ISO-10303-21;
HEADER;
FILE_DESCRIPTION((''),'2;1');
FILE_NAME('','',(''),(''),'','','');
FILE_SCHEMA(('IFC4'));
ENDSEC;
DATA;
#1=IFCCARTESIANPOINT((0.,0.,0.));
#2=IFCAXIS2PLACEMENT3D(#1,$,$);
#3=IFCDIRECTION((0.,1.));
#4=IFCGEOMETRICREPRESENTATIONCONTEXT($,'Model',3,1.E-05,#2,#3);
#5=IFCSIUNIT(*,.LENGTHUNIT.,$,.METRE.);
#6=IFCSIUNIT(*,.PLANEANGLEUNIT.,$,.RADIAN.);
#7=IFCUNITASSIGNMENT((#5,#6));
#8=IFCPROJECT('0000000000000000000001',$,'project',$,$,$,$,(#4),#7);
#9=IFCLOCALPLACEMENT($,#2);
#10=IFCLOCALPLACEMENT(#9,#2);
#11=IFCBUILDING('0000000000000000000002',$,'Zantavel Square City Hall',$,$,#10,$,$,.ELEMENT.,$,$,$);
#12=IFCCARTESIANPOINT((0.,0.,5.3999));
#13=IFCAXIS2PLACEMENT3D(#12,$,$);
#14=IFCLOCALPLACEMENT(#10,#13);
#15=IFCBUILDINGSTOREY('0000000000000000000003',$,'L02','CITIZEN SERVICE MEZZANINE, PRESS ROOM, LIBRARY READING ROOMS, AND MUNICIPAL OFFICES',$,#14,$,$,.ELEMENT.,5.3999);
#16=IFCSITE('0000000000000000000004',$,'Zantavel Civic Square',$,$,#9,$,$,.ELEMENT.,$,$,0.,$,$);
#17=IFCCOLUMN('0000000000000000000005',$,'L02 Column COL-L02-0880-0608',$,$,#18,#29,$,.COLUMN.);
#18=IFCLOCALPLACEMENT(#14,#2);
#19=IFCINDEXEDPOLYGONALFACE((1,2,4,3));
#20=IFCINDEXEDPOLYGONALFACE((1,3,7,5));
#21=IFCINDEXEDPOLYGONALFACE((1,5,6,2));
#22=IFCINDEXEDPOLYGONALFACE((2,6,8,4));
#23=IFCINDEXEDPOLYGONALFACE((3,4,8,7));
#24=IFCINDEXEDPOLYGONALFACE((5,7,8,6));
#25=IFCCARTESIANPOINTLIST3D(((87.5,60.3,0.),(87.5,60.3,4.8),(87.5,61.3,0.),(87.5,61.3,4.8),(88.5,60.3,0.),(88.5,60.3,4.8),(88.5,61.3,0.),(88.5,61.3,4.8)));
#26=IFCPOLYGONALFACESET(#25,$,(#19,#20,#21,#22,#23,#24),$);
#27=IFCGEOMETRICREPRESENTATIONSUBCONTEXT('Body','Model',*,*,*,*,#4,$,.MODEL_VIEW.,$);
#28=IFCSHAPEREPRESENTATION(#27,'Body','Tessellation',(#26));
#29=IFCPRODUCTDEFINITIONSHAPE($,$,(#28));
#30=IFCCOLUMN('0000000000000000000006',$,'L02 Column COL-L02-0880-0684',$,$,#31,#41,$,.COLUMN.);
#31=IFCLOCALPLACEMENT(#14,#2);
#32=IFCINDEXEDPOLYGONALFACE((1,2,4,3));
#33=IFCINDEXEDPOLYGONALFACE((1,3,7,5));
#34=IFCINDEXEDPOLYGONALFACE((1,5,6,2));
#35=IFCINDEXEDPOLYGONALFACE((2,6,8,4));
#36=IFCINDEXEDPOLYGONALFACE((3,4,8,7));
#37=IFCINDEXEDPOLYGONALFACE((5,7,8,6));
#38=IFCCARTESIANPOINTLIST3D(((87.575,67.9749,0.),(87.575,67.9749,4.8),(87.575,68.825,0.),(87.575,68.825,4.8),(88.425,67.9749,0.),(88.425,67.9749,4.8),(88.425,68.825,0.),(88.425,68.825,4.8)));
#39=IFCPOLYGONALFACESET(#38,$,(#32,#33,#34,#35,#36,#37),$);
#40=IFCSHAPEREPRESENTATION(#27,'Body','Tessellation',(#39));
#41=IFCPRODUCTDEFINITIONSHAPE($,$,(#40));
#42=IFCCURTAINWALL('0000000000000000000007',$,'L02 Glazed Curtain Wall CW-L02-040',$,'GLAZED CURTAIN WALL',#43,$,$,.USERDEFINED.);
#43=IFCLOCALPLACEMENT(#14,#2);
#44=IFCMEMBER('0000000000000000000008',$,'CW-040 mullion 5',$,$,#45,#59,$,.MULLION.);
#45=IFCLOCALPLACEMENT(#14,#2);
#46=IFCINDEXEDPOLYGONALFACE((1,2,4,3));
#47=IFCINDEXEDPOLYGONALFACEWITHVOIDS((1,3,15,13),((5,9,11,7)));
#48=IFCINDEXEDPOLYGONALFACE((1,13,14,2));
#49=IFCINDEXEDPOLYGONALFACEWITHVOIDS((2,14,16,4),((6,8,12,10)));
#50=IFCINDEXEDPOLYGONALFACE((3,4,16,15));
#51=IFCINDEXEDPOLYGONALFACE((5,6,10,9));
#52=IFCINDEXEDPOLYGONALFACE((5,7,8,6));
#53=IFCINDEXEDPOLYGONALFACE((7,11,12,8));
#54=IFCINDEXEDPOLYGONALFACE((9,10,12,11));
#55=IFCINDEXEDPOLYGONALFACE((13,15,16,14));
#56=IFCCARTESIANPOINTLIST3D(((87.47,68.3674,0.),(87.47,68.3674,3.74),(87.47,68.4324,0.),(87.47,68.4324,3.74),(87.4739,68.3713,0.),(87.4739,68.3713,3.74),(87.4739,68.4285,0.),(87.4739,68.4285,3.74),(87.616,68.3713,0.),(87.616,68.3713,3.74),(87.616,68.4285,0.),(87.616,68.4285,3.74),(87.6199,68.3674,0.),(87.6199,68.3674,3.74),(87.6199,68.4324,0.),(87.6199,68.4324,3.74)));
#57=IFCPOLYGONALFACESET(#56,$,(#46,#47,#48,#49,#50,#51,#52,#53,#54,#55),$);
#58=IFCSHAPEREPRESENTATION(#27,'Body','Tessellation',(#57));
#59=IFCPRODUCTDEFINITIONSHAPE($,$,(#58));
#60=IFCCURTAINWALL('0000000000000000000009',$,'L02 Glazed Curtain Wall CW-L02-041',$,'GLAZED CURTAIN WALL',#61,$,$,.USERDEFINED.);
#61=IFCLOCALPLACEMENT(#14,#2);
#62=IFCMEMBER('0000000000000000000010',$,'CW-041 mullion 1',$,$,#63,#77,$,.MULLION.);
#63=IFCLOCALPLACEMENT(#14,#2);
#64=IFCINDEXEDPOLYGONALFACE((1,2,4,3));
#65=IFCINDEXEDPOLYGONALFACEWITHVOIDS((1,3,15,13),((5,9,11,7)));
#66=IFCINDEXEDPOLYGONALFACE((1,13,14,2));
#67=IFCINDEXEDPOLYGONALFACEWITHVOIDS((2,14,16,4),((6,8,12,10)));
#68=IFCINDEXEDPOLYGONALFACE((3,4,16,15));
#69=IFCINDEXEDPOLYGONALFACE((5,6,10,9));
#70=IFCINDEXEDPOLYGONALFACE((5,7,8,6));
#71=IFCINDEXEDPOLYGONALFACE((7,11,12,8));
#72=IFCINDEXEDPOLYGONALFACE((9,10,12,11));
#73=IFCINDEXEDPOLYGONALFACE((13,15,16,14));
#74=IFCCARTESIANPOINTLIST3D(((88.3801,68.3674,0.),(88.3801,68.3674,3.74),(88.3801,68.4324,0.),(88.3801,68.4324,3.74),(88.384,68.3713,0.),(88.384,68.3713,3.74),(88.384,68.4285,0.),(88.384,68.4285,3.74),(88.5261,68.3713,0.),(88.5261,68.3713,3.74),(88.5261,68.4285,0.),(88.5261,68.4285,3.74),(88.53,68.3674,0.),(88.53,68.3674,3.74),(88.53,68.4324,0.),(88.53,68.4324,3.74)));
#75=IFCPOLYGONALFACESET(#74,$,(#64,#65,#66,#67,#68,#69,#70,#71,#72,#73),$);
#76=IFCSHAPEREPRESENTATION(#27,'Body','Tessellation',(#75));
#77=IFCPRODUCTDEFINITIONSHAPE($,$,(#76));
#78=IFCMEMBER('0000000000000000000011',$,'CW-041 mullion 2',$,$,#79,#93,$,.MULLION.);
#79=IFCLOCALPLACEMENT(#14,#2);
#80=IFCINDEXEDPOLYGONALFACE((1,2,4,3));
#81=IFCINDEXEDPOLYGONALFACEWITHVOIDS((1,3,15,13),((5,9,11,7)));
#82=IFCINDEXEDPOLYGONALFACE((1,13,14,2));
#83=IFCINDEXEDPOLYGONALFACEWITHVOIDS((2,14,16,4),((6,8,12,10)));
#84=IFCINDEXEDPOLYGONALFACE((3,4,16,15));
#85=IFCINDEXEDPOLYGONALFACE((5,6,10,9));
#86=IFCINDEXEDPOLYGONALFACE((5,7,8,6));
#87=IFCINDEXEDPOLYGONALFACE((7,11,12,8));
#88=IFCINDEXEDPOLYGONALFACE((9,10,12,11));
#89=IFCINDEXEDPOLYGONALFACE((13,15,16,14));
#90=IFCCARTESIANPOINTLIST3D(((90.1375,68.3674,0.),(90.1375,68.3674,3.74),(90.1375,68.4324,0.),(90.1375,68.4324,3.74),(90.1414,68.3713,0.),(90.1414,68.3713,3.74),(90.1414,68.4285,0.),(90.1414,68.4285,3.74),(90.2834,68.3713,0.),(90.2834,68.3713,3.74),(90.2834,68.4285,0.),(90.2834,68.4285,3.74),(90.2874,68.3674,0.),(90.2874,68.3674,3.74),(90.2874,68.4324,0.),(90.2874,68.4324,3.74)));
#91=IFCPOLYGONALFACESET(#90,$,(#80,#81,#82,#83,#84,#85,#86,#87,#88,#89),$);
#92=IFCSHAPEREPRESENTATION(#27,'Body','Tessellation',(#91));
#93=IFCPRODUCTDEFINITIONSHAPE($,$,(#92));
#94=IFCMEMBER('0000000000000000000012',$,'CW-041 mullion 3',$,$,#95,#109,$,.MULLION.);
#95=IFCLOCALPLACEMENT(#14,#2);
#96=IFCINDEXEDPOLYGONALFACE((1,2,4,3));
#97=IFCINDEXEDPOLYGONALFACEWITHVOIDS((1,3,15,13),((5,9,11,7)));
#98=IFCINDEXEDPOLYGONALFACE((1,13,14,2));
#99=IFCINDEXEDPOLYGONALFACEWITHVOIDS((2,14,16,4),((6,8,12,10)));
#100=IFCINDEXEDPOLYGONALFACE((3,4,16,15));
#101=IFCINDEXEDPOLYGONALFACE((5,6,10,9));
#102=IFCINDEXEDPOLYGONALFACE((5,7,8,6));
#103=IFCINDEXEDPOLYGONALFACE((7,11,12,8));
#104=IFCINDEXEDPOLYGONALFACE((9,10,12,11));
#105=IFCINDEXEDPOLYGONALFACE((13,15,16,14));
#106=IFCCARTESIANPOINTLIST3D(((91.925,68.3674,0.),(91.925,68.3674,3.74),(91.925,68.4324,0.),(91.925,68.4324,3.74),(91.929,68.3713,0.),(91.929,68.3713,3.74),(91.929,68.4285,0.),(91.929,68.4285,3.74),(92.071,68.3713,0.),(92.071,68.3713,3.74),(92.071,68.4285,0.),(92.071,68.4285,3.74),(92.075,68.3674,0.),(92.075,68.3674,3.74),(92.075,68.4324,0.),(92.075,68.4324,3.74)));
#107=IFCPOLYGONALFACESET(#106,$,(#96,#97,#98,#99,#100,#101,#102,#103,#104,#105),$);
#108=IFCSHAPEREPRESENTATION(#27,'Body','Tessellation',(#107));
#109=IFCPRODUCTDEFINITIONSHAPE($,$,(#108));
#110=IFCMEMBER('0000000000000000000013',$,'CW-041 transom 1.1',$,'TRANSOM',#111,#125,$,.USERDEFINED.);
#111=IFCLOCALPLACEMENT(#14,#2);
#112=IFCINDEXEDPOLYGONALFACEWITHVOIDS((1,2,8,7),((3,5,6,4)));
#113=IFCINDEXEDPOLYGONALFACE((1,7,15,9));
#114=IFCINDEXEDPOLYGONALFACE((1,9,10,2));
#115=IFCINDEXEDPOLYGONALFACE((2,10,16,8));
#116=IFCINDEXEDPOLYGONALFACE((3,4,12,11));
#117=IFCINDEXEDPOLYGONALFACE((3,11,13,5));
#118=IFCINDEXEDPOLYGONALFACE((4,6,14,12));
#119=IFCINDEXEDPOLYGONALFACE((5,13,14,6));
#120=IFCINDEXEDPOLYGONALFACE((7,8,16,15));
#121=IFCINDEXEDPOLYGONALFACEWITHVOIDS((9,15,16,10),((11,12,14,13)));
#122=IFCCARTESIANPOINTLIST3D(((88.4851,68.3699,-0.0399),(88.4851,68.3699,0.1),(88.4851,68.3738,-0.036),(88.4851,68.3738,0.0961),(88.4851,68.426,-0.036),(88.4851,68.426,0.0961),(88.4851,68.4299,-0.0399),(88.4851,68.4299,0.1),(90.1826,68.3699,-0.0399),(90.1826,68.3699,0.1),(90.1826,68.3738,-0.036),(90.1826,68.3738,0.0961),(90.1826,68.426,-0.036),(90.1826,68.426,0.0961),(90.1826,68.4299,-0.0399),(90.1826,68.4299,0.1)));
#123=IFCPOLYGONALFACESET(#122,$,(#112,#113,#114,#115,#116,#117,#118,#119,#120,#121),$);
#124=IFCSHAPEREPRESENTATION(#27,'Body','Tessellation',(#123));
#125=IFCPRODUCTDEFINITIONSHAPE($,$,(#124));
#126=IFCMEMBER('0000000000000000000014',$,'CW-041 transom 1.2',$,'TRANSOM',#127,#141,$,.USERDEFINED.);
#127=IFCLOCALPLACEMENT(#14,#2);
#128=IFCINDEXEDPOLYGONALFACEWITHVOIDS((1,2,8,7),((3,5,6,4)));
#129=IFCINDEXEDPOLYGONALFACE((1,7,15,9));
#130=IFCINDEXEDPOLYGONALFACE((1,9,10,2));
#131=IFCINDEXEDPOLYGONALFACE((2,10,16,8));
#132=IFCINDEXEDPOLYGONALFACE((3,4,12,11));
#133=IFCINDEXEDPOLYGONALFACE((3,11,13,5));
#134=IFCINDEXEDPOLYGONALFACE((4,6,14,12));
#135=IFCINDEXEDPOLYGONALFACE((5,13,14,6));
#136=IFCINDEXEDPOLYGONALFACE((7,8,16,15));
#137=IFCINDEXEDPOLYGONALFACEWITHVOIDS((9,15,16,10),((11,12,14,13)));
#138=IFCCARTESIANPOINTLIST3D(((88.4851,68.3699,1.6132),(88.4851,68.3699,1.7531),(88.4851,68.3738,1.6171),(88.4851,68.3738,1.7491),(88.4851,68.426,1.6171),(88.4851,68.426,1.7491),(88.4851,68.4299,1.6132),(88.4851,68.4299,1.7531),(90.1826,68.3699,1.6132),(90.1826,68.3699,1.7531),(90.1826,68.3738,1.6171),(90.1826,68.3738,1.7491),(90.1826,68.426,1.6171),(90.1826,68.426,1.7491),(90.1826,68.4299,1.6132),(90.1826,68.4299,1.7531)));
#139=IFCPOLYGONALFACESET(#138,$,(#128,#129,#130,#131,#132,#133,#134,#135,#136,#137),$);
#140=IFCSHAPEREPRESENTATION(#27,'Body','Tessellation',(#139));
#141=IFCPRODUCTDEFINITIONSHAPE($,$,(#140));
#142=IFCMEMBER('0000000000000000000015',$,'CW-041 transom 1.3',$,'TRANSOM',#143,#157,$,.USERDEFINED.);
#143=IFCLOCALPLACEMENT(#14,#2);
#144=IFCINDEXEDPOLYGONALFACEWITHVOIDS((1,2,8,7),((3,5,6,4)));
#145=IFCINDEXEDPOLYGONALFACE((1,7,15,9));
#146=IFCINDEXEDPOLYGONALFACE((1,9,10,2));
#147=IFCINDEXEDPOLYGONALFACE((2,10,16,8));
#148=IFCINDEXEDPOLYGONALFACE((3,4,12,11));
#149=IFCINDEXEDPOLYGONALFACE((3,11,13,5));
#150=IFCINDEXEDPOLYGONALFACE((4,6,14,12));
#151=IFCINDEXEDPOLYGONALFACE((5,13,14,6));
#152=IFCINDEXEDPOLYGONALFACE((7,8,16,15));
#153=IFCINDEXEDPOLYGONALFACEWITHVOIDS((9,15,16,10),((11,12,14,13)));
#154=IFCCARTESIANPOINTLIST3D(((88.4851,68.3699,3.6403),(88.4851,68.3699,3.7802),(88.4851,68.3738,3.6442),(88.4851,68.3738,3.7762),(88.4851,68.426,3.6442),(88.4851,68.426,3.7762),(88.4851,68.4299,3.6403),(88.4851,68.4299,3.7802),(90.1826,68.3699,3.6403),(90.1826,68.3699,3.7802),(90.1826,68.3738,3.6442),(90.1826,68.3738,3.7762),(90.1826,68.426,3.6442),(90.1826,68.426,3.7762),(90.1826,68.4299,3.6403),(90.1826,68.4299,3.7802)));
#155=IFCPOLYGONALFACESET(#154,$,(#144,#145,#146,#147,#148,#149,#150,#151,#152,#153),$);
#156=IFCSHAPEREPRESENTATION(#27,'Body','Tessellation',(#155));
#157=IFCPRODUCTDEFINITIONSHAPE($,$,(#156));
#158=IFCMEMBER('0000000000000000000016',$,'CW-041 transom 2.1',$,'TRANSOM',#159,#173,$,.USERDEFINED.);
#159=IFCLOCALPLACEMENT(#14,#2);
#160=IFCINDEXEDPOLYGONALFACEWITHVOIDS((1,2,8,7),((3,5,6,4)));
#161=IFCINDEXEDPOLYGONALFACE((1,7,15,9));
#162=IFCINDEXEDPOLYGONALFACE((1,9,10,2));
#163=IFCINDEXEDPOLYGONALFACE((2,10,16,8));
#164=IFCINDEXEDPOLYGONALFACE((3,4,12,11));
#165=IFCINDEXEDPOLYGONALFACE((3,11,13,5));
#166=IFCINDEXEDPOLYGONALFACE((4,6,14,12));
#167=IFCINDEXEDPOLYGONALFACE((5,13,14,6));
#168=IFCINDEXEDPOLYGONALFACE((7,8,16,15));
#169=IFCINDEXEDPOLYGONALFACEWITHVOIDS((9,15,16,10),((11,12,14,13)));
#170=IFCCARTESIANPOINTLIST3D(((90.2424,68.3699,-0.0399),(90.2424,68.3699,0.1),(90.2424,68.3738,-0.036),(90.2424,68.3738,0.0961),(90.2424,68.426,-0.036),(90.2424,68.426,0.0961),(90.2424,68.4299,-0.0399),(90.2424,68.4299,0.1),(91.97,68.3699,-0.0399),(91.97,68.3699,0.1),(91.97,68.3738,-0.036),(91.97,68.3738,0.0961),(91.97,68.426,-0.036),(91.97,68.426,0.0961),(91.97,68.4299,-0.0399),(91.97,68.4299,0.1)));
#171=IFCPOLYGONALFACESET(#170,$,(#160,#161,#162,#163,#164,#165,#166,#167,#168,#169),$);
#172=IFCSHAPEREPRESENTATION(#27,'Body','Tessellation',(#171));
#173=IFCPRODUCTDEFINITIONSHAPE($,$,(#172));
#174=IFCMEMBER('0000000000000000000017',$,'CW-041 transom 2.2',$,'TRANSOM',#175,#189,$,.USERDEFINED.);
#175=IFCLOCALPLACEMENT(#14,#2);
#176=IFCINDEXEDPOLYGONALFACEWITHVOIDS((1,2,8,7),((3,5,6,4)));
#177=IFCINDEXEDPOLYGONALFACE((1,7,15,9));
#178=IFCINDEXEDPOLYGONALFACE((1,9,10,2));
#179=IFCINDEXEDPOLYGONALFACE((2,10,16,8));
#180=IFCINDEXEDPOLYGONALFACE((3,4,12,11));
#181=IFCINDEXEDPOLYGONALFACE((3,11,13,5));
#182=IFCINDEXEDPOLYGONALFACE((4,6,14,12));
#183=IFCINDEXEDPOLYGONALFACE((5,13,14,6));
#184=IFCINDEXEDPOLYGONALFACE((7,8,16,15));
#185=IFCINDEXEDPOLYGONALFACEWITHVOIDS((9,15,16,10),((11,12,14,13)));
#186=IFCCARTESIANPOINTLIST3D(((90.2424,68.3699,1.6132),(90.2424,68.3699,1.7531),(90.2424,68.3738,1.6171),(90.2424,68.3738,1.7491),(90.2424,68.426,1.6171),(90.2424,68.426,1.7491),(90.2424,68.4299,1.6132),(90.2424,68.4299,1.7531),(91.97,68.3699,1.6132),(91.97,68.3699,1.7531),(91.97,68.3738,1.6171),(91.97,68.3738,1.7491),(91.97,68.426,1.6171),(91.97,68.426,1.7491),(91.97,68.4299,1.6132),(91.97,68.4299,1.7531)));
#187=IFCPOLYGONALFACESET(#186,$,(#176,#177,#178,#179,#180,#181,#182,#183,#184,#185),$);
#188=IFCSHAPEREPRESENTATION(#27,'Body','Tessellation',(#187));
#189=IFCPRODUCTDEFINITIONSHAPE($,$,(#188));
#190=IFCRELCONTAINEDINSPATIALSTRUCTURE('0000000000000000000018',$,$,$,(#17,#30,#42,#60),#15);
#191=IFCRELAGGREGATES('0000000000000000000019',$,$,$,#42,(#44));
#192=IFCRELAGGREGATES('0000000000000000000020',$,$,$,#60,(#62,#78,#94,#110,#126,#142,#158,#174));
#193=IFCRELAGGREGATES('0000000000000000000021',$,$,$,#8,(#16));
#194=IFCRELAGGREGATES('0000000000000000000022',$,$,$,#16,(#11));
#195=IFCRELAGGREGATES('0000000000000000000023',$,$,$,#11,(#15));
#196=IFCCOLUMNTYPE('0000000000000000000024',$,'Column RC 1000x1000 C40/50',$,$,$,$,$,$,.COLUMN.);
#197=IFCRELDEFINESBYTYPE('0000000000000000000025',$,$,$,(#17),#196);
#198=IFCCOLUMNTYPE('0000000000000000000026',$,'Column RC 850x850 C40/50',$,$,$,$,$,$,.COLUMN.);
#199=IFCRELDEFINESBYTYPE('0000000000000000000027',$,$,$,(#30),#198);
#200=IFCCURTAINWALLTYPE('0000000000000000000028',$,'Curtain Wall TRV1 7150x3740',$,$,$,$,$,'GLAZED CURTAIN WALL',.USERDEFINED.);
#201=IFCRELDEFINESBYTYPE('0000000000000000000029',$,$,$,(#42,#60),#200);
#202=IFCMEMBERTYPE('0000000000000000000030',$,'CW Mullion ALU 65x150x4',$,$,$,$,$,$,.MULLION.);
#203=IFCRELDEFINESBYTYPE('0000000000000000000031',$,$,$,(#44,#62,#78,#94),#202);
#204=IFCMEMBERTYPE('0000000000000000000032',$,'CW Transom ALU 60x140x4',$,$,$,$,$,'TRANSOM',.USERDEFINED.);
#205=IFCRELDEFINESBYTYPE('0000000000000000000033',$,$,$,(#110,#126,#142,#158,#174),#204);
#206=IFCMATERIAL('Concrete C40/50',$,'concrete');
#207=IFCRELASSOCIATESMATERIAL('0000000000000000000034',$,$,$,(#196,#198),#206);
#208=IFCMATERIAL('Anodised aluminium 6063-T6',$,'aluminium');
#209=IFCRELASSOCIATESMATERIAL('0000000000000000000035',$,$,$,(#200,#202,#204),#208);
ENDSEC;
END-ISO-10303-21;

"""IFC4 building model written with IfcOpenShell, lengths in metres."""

from ifc_helpers import new_model, si_unit, direction, frame, origin, origin_2d, place, context, subcontext, project, spatial, rectangle, hollow_rectangle, extrude, material, material_profile, profile_set, type_object, element, aggregate, save


model = new_model("IFC4")

# Units and contexts
model_context = context("Model", 3, precision=1e-05, world=origin(), true_north=direction((0.0, 1.0)))
body_context = subcontext(model_context, "Body", "Model", "MODEL_VIEW")
ifc_project = project(units=[si_unit("LENGTHUNIT", "METRE"), si_unit("PLANEANGLEUNIT", "RADIAN")], contexts=[model_context])

# Site, building, storey
site_placement = place(None, origin())
site = spatial("IfcSite", under=ifc_project, at=site_placement, Name="Zantavel Civic Square", CompositionType="ELEMENT", RefElevation=0.0)
building_placement = place(site_placement, origin())
building = spatial("IfcBuilding", under=site, at=building_placement, Name="Zantavel Square City Hall", CompositionType="ELEMENT")
storey_placement = place(building_placement, frame((0.0, 0.0, 5.3999)))
storey = spatial("IfcBuildingStorey", under=building, at=storey_placement, Name="L02", Description="CITIZEN SERVICE MEZZANINE, PRESS ROOM, LIBRARY READING ROOMS, AND MUNICIPAL OFFICES", CompositionType="ELEMENT", Elevation=5.3999)

# Columns
ifc_material_1 = material(Name="Concrete C40/50", Category="concrete")
ifc_material_profile_1 = material_profile(ifc_material_1, rectangle(XDim=1.0, YDim=1.0, at=origin_2d()), Name="RC 1000x1000")
ifc_profile_set_1 = profile_set([ifc_material_profile_1], Name="Concrete C40/50")
column_type_1 = type_object("IfcColumnType", Name="Column RC 1000x1000 C40/50", PredefinedType="COLUMN", material=ifc_profile_set_1)
column_1_placement = place(storey_placement, frame((88.0, 60.8, 0.0), z_axis=(0.0, 0.0, 1.0), x_axis=(1.0, 0.0, 0.0)))
element("IfcColumn", 1, at=column_1_placement, inside=storey, type_object=column_type_1, Name="L02 Column COL-L02-0880-0608", PredefinedType="COLUMN", context=body_context, shape_type="SweptSolid", body=[
    extrude(rectangle(XDim=1.0, YDim=1.0, at=origin_2d()), origin(), (0.0, 0.0, 1.0), 4.8),
])
ifc_material_profile_2 = material_profile(ifc_material_1, rectangle(XDim=0.8501, YDim=0.8501, at=origin_2d()), Name="RC 850x850")
ifc_profile_set_2 = profile_set([ifc_material_profile_2], Name="Concrete C40/50")
column_type_2 = type_object("IfcColumnType", Name="Column RC 850x850 C40/50", PredefinedType="COLUMN", material=ifc_profile_set_2)
column_2_placement = place(storey_placement, frame((88.0, 68.3999, 0.0), z_axis=(0.0, 0.0, 1.0), x_axis=(1.0, 0.0, 0.0)))
element("IfcColumn", 2, at=column_2_placement, inside=storey, type_object=column_type_2, Name="L02 Column COL-L02-0880-0684", PredefinedType="COLUMN", context=body_context, shape_type="SweptSolid", body=[
    extrude(rectangle(XDim=0.8501, YDim=0.8501, at=origin_2d()), origin(), (0.0, 0.0, 1.0), 4.8),
])

# Curtain wall, member
ifc_material_2 = material(Name="Anodised aluminium 6063-T6", Category="aluminium")
curtain_wall_type = type_object("IfcCurtainWallType", Name="Curtain Wall TRV1 7150x3740", ElementType="GLAZED CURTAIN WALL", PredefinedType="USERDEFINED", material=ifc_material_2)
curtain_wall_1_placement = place(storey_placement, origin())
curtain_wall_1 = element("IfcCurtainWall", 3, at=curtain_wall_1_placement, inside=storey, type_object=curtain_wall_type, Name="L02 Glazed Curtain Wall CW-L02-040", ObjectType="GLAZED CURTAIN WALL", PredefinedType="USERDEFINED")
ifc_material_profile_3 = material_profile(ifc_material_2, hollow_rectangle(XDim=0.0649, YDim=0.1499, WallThickness=0.0039, at=origin_2d()), Name="ALU 65x150x4")
ifc_profile_set_3 = profile_set([ifc_material_profile_3], Name="Anodised aluminium 6063-T6")
member_type_1 = type_object("IfcMemberType", Name="CW Mullion ALU 65x150x4", PredefinedType="MULLION", material=ifc_profile_set_3)
member_1_placement = place(storey_placement, frame((87.5449, 68.3999, 0.0), z_axis=(0.0, 0.0, 1.0), x_axis=(0.0, 1.0, 0.0)))
member_1 = element("IfcMember", 4, at=member_1_placement, type_object=member_type_1, Name="CW-040 mullion 5", PredefinedType="MULLION", context=body_context, shape_type="SweptSolid", body=[
    extrude(hollow_rectangle(XDim=0.0649, YDim=0.1499, WallThickness=0.0039, at=origin_2d()), origin(), (0.0, 0.0, 1.0), 3.74),
])

# Curtain wall, members
curtain_wall_2_placement = place(storey_placement, origin())
curtain_wall_2 = element("IfcCurtainWall", 5, at=curtain_wall_2_placement, inside=storey, type_object=curtain_wall_type, Name="L02 Glazed Curtain Wall CW-L02-041", ObjectType="GLAZED CURTAIN WALL", PredefinedType="USERDEFINED")
member_2_placement = place(storey_placement, frame((88.4551, 68.3999, 0.0), z_axis=(0.0, 0.0, 1.0), x_axis=(0.0, 1.0, 0.0)))
member_2 = element("IfcMember", 6, at=member_2_placement, type_object=member_type_1, Name="CW-041 mullion 1", PredefinedType="MULLION", context=body_context, shape_type="SweptSolid", body=[
    extrude(hollow_rectangle(XDim=0.0649, YDim=0.1499, WallThickness=0.0039, at=origin_2d()), origin(), (0.0, 0.0, 1.0), 3.74),
])
member_3_placement = place(storey_placement, frame((90.2124, 68.3999, 0.0), z_axis=(0.0, 0.0, 1.0), x_axis=(0.0, 1.0, 0.0)))
member_3 = element("IfcMember", 7, at=member_3_placement, type_object=member_type_1, Name="CW-041 mullion 2", PredefinedType="MULLION", context=body_context, shape_type="SweptSolid", body=[
    extrude(hollow_rectangle(XDim=0.0649, YDim=0.1499, WallThickness=0.0039, at=origin_2d()), origin(), (0.0, 0.0, 1.0), 3.74),
])
member_4_placement = place(storey_placement, frame((92.0, 68.3999, 0.0), z_axis=(0.0, 0.0, 1.0), x_axis=(0.0, 1.0, 0.0)))
member_4 = element("IfcMember", 8, at=member_4_placement, type_object=member_type_1, Name="CW-041 mullion 3", PredefinedType="MULLION", context=body_context, shape_type="SweptSolid", body=[
    extrude(hollow_rectangle(XDim=0.0649, YDim=0.1499, WallThickness=0.0039, at=origin_2d()), origin(), (0.0, 0.0, 1.0), 3.74),
])
ifc_material_profile_4 = material_profile(ifc_material_2, hollow_rectangle(XDim=0.0601, YDim=0.1399, WallThickness=0.0039, at=origin_2d()), Name="ALU 60x140x4")
ifc_profile_set_4 = profile_set([ifc_material_profile_4], Name="Anodised aluminium 6063-T6")
member_type_2 = type_object("IfcMemberType", Name="CW Transom ALU 60x140x4", ElementType="TRANSOM", PredefinedType="USERDEFINED", material=ifc_profile_set_4)
member_5_placement = place(storey_placement, frame((88.4851, 68.3999, 0.03), z_axis=(1.0, 0.0, 0.0), x_axis=(0.0, 1.0, 0.0)))
member_5 = element("IfcMember", 9, at=member_5_placement, type_object=member_type_2, Name="CW-041 transom 1.1", ObjectType="TRANSOM", PredefinedType="USERDEFINED", context=body_context, shape_type="SweptSolid", body=[
    extrude(hollow_rectangle(XDim=0.0601, YDim=0.1399, WallThickness=0.0039, at=origin_2d()), origin(), (0.0, 0.0, 1.0), 1.6975),
])
member_6_placement = place(storey_placement, frame((88.4851, 68.3999, 1.6831), z_axis=(1.0, 0.0, 0.0), x_axis=(0.0, 1.0, 0.0)))
member_6 = element("IfcMember", 10, at=member_6_placement, type_object=member_type_2, Name="CW-041 transom 1.2", ObjectType="TRANSOM", PredefinedType="USERDEFINED", context=body_context, shape_type="SweptSolid", body=[
    extrude(hollow_rectangle(XDim=0.0601, YDim=0.1399, WallThickness=0.0039, at=origin_2d()), origin(), (0.0, 0.0, 1.0), 1.6975),
])
member_7_placement = place(storey_placement, frame((88.4851, 68.3999, 3.7102), z_axis=(1.0, 0.0, 0.0), x_axis=(0.0, 1.0, 0.0)))
member_7 = element("IfcMember", 11, at=member_7_placement, type_object=member_type_2, Name="CW-041 transom 1.3", ObjectType="TRANSOM", PredefinedType="USERDEFINED", context=body_context, shape_type="SweptSolid", body=[
    extrude(hollow_rectangle(XDim=0.0601, YDim=0.1399, WallThickness=0.0039, at=origin_2d()), origin(), (0.0, 0.0, 1.0), 1.6975),
])
member_8_placement = place(storey_placement, frame((90.2424, 68.3999, 0.03), z_axis=(1.0, 0.0, 0.0), x_axis=(0.0, 1.0, 0.0)))
member_8 = element("IfcMember", 12, at=member_8_placement, type_object=member_type_2, Name="CW-041 transom 2.1", ObjectType="TRANSOM", PredefinedType="USERDEFINED", context=body_context, shape_type="SweptSolid", body=[
    extrude(hollow_rectangle(XDim=0.0601, YDim=0.1399, WallThickness=0.0039, at=origin_2d()), origin(), (0.0, 0.0, 1.0), 1.7275),
])
member_9_placement = place(storey_placement, frame((90.2424, 68.3999, 1.6831), z_axis=(1.0, 0.0, 0.0), x_axis=(0.0, 1.0, 0.0)))
member_9 = element("IfcMember", 13, at=member_9_placement, type_object=member_type_2, Name="CW-041 transom 2.2", ObjectType="TRANSOM", PredefinedType="USERDEFINED", context=body_context, shape_type="SweptSolid", body=[
    extrude(hollow_rectangle(XDim=0.0601, YDim=0.1399, WallThickness=0.0039, at=origin_2d()), origin(), (0.0, 0.0, 1.0), 1.7275),
])

aggregate(curtain_wall_1, [member_1])
aggregate(curtain_wall_2, [member_2, member_3, member_4, member_5, member_6, member_7, member_8, member_9])

save(model, "model.ifc")
